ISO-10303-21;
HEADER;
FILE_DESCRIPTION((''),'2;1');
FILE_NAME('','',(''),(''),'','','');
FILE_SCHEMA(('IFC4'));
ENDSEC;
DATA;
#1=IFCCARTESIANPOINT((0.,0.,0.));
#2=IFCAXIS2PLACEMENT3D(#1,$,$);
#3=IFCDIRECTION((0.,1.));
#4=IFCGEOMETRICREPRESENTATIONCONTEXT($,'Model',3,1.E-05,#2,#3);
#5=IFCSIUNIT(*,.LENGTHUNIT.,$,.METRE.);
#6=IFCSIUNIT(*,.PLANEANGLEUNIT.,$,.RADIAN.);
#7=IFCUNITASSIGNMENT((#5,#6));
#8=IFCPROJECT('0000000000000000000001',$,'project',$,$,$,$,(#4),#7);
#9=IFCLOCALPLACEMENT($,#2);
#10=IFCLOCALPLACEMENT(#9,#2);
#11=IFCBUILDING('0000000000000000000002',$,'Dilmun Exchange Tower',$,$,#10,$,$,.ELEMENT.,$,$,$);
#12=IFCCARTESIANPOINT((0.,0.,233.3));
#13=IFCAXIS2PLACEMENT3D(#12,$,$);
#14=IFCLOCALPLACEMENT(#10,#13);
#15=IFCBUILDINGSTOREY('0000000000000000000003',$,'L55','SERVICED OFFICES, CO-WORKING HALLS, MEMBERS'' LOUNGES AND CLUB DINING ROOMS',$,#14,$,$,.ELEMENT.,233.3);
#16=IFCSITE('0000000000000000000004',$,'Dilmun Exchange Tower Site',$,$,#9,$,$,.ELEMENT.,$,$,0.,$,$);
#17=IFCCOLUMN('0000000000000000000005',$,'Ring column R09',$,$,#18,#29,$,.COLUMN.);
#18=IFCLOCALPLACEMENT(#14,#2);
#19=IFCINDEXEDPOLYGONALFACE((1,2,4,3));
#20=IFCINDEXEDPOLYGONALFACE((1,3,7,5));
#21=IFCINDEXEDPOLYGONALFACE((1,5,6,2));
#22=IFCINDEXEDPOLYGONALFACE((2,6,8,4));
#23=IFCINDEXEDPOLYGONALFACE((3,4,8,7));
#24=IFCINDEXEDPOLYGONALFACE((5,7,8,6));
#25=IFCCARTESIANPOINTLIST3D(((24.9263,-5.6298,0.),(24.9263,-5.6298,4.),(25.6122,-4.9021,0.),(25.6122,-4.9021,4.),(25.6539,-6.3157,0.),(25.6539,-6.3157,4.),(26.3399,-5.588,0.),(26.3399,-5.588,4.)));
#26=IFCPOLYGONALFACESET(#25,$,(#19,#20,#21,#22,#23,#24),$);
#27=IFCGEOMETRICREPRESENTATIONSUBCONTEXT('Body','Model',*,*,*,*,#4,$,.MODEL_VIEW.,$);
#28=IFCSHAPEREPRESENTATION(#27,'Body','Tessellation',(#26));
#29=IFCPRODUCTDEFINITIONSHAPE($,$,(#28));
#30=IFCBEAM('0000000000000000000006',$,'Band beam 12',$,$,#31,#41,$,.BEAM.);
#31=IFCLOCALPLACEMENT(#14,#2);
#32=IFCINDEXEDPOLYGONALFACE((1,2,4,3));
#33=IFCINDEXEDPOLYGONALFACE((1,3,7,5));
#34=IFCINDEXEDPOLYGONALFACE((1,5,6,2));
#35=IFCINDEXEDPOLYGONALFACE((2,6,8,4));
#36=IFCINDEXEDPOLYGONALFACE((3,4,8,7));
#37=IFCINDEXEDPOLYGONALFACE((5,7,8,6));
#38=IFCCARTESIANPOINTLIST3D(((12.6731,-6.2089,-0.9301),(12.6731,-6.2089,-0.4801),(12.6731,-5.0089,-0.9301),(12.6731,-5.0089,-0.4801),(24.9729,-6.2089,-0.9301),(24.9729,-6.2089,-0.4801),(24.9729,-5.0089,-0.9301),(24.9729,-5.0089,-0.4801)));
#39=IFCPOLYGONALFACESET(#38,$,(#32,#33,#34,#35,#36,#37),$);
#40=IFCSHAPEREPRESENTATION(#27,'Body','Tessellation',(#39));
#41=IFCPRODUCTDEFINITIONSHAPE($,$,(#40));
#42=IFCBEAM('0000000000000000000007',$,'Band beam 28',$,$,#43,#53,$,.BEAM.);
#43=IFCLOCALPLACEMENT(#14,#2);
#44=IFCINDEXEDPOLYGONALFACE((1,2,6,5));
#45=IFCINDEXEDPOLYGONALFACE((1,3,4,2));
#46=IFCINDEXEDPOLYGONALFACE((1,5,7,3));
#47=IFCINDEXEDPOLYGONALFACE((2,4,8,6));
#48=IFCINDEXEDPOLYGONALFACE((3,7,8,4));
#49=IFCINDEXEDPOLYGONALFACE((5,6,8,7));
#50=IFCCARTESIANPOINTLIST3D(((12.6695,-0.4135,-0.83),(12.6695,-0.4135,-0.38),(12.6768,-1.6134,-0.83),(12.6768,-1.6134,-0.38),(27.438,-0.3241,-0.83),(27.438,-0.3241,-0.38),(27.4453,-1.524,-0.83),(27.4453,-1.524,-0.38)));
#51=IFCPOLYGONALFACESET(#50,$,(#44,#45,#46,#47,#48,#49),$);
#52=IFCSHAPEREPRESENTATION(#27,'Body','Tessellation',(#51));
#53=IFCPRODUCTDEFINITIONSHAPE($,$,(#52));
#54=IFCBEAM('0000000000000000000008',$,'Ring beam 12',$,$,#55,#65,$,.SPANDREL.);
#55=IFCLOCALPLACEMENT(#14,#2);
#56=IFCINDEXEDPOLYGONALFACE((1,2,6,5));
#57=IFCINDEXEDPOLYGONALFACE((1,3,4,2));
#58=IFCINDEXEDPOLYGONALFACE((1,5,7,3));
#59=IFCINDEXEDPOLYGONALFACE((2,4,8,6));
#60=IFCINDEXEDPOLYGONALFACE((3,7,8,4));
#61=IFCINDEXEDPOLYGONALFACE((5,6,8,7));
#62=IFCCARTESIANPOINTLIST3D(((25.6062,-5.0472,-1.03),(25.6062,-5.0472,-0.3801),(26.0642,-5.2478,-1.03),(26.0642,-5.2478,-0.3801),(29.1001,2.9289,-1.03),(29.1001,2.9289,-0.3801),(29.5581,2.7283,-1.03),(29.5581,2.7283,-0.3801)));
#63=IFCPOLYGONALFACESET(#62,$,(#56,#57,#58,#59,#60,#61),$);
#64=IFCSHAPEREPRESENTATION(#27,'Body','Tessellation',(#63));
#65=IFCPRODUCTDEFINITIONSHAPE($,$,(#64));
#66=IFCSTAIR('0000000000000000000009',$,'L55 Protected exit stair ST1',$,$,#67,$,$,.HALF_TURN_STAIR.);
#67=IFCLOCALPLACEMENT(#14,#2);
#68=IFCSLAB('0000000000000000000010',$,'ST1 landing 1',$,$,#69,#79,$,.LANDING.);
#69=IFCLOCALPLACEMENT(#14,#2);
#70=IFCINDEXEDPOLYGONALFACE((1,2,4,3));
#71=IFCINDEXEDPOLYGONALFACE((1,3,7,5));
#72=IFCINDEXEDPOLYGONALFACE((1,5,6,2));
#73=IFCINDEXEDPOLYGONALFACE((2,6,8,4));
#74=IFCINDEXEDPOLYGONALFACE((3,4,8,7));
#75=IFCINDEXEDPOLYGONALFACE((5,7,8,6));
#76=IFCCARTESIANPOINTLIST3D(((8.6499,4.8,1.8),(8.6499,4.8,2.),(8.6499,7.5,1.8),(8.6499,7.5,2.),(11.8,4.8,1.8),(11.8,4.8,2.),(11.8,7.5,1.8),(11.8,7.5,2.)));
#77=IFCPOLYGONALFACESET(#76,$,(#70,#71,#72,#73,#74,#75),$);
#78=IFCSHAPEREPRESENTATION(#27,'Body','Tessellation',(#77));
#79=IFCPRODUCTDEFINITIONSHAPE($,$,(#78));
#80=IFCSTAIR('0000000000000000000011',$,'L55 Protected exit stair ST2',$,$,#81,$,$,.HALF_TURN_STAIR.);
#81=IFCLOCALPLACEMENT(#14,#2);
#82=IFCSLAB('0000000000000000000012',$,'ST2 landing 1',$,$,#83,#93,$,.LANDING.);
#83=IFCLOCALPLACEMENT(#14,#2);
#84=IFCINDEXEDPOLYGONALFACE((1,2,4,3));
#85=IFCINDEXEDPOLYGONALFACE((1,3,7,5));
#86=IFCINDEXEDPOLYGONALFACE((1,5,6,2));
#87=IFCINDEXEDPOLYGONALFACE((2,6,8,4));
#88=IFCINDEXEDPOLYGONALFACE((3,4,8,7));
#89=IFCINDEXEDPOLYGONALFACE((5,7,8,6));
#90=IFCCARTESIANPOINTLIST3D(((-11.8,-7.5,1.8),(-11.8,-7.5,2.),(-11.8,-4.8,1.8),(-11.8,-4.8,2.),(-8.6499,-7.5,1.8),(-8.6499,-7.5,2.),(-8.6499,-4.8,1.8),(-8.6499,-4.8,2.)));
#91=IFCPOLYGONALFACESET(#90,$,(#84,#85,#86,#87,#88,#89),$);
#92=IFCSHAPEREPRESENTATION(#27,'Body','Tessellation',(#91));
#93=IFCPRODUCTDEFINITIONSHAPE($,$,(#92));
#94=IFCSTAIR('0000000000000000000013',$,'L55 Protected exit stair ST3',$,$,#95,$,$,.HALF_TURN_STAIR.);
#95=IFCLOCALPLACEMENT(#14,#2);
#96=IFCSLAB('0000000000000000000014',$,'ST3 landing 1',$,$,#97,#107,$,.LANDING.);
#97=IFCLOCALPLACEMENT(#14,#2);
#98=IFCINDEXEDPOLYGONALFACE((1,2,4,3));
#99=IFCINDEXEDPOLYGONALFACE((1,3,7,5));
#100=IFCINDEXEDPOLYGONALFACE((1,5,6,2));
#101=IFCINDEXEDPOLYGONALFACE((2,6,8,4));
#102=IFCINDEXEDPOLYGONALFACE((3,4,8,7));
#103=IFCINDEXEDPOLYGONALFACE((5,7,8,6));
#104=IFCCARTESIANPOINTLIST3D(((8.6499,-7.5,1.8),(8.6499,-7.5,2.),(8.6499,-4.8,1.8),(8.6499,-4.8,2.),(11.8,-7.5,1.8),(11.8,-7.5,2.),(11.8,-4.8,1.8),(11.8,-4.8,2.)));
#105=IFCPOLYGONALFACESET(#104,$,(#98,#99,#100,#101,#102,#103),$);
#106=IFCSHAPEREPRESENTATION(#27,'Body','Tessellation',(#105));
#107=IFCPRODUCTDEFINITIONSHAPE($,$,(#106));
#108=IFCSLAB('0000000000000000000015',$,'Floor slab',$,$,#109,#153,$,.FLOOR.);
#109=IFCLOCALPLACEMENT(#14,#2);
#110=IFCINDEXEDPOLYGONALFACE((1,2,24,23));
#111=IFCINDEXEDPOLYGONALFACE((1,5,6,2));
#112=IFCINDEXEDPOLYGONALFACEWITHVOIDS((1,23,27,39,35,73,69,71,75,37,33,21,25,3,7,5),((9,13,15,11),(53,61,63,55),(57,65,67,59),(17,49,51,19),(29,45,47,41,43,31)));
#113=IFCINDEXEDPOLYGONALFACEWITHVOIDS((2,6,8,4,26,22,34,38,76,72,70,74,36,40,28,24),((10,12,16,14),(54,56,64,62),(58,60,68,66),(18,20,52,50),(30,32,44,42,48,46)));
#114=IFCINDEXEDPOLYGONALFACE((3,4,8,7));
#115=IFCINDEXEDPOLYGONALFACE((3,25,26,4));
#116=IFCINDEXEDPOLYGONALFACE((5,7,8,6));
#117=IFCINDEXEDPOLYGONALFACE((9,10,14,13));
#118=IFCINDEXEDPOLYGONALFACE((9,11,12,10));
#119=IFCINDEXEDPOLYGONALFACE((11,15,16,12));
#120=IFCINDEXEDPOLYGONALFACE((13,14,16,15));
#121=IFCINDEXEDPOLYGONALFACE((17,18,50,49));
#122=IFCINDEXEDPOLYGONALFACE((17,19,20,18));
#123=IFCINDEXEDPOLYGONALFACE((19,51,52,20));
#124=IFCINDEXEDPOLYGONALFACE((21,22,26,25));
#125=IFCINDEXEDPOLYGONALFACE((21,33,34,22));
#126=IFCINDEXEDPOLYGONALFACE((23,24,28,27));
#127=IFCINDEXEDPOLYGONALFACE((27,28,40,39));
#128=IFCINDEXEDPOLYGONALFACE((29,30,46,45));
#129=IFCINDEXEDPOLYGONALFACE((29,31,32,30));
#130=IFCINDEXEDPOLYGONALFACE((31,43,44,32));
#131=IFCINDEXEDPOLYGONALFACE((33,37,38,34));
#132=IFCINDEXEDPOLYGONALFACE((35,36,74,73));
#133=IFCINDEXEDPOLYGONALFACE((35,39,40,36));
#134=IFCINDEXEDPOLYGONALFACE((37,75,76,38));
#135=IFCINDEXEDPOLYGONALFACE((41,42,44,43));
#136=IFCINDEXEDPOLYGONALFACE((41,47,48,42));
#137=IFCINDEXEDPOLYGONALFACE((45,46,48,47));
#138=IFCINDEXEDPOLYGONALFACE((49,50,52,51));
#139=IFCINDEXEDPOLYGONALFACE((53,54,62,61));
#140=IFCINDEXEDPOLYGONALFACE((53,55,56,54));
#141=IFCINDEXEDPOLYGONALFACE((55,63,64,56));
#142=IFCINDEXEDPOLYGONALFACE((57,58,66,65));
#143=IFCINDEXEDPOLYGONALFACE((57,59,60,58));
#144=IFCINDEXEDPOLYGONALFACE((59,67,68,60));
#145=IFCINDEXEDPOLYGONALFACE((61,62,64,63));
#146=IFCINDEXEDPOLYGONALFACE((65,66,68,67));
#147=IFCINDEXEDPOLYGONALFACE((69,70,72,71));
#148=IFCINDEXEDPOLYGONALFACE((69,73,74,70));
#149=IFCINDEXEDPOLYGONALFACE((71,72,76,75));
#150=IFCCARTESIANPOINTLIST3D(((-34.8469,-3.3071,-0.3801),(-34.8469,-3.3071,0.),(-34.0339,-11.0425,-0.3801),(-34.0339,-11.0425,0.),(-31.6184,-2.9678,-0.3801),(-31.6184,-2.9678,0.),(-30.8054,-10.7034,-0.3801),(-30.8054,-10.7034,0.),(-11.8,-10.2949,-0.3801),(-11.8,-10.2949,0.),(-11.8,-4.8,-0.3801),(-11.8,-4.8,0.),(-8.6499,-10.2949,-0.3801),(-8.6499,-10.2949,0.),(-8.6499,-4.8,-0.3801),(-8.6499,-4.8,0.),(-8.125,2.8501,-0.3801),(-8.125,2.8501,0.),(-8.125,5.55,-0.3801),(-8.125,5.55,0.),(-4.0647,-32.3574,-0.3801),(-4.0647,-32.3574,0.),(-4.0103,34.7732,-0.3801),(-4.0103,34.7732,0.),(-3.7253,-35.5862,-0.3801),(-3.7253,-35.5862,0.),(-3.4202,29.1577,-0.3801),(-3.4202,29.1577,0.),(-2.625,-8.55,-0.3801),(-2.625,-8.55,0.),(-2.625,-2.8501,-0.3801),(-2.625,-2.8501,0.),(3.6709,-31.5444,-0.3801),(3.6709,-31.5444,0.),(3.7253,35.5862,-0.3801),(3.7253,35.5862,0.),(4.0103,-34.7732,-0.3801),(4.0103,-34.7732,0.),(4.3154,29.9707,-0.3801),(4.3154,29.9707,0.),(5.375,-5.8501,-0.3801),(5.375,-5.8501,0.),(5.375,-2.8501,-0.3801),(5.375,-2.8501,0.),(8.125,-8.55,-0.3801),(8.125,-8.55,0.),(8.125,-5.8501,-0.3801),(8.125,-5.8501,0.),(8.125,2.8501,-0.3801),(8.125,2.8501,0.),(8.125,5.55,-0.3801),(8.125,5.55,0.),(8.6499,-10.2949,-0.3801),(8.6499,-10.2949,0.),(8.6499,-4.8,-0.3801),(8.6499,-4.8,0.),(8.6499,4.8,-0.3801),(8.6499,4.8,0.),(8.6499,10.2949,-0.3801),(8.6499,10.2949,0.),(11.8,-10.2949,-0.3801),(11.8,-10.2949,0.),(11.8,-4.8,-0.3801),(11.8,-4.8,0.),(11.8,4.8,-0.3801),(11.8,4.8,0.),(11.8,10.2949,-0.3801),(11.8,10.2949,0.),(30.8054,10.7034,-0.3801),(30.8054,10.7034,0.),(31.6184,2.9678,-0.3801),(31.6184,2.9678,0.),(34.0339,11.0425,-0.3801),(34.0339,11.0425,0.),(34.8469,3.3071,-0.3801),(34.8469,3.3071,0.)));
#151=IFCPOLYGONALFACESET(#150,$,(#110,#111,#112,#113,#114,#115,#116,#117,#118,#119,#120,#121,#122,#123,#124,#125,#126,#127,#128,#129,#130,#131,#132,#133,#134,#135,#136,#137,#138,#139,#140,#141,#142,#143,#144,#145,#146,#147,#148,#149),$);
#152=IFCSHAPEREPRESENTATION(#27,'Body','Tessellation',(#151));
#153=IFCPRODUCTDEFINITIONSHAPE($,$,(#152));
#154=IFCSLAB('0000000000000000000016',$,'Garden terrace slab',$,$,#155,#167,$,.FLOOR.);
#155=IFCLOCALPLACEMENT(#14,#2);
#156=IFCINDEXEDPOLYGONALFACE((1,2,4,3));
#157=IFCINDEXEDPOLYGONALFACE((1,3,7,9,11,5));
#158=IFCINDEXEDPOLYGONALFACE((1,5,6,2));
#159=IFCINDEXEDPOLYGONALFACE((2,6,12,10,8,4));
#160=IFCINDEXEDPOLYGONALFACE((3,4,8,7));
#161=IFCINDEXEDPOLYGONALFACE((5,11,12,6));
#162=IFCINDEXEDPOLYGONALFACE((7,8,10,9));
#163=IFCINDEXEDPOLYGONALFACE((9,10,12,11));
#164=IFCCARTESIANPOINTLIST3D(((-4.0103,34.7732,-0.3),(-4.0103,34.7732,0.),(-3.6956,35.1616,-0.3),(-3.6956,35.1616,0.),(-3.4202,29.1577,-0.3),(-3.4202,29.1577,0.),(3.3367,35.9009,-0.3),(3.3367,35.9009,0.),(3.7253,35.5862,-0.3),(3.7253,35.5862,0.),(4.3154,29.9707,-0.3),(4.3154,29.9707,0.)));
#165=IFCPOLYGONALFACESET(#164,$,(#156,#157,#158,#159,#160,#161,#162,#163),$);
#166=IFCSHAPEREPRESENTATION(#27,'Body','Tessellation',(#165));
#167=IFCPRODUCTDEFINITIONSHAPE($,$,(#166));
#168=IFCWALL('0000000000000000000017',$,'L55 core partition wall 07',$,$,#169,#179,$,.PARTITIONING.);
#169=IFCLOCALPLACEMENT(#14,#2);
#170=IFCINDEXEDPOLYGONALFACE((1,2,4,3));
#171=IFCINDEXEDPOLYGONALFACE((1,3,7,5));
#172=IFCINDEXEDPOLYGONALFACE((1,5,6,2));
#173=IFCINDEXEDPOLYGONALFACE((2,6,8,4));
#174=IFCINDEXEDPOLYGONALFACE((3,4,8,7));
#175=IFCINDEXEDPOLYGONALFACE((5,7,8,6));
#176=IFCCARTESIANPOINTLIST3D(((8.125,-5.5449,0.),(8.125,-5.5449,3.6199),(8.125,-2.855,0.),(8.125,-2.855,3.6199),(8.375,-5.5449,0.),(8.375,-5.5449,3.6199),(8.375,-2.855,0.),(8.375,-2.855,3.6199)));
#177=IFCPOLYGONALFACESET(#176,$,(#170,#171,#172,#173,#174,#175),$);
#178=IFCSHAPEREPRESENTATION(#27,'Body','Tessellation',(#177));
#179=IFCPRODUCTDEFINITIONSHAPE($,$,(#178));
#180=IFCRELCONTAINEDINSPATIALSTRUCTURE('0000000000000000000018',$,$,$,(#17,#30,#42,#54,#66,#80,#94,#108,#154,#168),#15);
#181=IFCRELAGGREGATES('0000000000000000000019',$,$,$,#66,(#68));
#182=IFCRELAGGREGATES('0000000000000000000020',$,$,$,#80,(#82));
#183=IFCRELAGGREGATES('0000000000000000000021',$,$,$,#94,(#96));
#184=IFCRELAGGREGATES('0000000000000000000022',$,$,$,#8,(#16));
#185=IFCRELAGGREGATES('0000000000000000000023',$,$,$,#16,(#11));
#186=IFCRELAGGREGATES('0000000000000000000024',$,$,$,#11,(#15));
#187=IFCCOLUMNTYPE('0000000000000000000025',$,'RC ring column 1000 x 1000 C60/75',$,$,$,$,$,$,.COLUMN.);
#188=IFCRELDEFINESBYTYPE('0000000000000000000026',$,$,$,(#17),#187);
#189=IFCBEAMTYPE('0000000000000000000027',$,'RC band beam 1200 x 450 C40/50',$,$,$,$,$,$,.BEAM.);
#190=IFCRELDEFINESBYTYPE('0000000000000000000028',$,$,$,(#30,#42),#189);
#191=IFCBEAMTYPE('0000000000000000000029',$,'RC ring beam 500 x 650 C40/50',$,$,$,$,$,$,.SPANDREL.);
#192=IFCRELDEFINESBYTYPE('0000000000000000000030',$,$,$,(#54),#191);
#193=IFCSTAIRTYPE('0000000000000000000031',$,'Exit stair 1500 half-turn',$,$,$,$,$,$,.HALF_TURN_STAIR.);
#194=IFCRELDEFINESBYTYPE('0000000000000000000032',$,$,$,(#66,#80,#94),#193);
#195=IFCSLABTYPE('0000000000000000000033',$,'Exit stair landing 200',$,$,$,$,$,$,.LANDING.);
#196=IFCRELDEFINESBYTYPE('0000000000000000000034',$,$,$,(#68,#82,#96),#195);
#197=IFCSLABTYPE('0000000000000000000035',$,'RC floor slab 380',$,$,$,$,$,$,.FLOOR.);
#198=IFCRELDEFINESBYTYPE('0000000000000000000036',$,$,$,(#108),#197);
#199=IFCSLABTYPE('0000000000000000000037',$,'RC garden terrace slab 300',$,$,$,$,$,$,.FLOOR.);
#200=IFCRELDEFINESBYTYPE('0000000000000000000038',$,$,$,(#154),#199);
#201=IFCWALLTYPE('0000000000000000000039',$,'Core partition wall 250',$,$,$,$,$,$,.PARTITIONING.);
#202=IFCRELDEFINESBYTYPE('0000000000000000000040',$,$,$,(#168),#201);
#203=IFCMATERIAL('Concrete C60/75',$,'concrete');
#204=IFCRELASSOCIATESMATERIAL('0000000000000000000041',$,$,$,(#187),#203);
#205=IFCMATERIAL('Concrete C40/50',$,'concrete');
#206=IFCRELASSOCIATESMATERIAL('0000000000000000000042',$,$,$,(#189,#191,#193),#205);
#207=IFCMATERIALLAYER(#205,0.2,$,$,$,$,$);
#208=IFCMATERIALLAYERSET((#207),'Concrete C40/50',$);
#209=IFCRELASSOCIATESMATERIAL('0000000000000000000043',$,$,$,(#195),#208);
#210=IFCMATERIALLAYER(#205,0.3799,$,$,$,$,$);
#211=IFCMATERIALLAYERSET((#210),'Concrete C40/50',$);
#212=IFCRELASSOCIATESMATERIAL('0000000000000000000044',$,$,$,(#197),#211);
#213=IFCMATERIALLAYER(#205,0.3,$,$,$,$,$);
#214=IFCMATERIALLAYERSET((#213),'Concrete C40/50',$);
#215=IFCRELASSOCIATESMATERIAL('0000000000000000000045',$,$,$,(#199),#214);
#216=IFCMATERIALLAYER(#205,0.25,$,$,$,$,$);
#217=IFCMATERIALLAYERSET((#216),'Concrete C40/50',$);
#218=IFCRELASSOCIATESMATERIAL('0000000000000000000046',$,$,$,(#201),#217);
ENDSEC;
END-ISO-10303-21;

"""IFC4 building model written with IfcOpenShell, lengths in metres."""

from ifc_helpers import new_model, si_unit, direction, frame, frame_2d, origin, origin_2d, place, context, subcontext, project, spatial, polyline, rectangle, outline, extrude, material, layer, layer_set, material_profile, profile_set, type_object, element, aggregate, save


model = new_model("IFC4")

# Units and contexts
model_context = context("Model", 3, precision=1e-05, world=origin(), true_north=direction((0.0, 1.0)))
body_context = subcontext(model_context, "Body", "Model", "MODEL_VIEW")
ifc_project = project(units=[si_unit("LENGTHUNIT", "METRE"), si_unit("PLANEANGLEUNIT", "RADIAN")], contexts=[model_context])

# Site, building, storey
site_placement = place(None, origin())
site = spatial("IfcSite", under=ifc_project, at=site_placement, Name="Dilmun Exchange Tower Site", CompositionType="ELEMENT", RefElevation=0.0)
building_placement = place(site_placement, origin())
building = spatial("IfcBuilding", under=site, at=building_placement, Name="Dilmun Exchange Tower", CompositionType="ELEMENT")
storey_placement = place(building_placement, frame((0.0, 0.0, 233.3)))
storey = spatial("IfcBuildingStorey", under=building, at=storey_placement, Name="L55", Description="SERVICED OFFICES, CO-WORKING HALLS, MEMBERS' LOUNGES AND CLUB DINING ROOMS", CompositionType="ELEMENT", Elevation=233.3)

# Column
ifc_material_1 = material(Name="Concrete C60/75", Category="concrete")
ifc_material_profile_1 = material_profile(ifc_material_1, rectangle(XDim=1.0, YDim=1.0, at=origin_2d()), Name="1000 x 1000")
ifc_profile_set_1 = profile_set([ifc_material_profile_1], Name="Concrete C60/75")
column_type = type_object("IfcColumnType", Name="RC ring column 1000 x 1000 C60/75", PredefinedType="COLUMN", material=ifc_profile_set_1)
column_placement = place(storey_placement, frame((25.6331, -5.6089, 0.0), z_axis=(0.0, 0.0, 1.0), x_axis=(0.685916, 0.727681, 0.0)))
element("IfcColumn", 1, at=column_placement, inside=storey, type_object=column_type, Name="Ring column R09", PredefinedType="COLUMN", context=body_context, shape_type="SweptSolid", body=[
    extrude(rectangle(XDim=1.0, YDim=1.0, at=origin_2d()), origin(), (0.0, 0.0, 1.0), 4.0),
])

# Beams
ifc_material_2 = material(Name="Concrete C40/50", Category="concrete")
ifc_material_profile_2 = material_profile(ifc_material_2, rectangle(XDim=1.2, YDim=0.45, at=origin_2d()), Name="1200 x 450")
ifc_profile_set_2 = profile_set([ifc_material_profile_2], Name="Concrete C40/50")
beam_type_1 = type_object("IfcBeamType", Name="RC band beam 1200 x 450 C40/50", PredefinedType="BEAM", material=ifc_profile_set_2)
beam_1_placement = place(storey_placement, frame((24.9729, -5.6089, -0.7051), z_axis=(-1.0, 0.0, 0.0), x_axis=(0.0, -1.0, 0.0)))
element("IfcBeam", 2, at=beam_1_placement, inside=storey, type_object=beam_type_1, Name="Band beam 12", PredefinedType="BEAM", context=body_context, shape_type="SweptSolid", body=[
    extrude(rectangle(XDim=1.2, YDim=0.45, at=origin_2d()), origin(), (0.0, 0.0, 1.0), 12.2998),
])
beam_2_placement = place(storey_placement, frame((27.4417, -0.9241, -0.605), z_axis=(-0.999982, -0.00605, 0.0), x_axis=(0.00605, -0.999982, 0.0)))
element("IfcBeam", 3, at=beam_2_placement, inside=storey, type_object=beam_type_1, Name="Band beam 28", PredefinedType="BEAM", context=body_context, shape_type="SweptSolid", body=[
    extrude(rectangle(XDim=1.2, YDim=0.45, at=origin_2d()), origin(), (0.0, 0.0, 1.0), 14.7688),
])
ifc_material_profile_3 = material_profile(ifc_material_2, rectangle(XDim=0.5, YDim=0.6499, at=origin_2d()), Name="500 x 650")
ifc_profile_set_3 = profile_set([ifc_material_profile_3], Name="Concrete C40/50")
beam_type_2 = type_object("IfcBeamType", Name="RC ring beam 500 x 650 C40/50", PredefinedType="SPANDREL", material=ifc_profile_set_3)
beam_3_placement = place(storey_placement, frame((25.8352, -5.1475, -0.7051), z_axis=(0.401239, 0.915973, 0.0), x_axis=(-0.915973, 0.401239, 0.0)))
element("IfcBeam", 4, at=beam_3_placement, inside=storey, type_object=beam_type_2, Name="Ring beam 12", PredefinedType="SPANDREL", context=body_context, shape_type="SweptSolid", body=[
    extrude(rectangle(XDim=0.5, YDim=0.6499, at=origin_2d()), origin(), (0.0, 0.0, 1.0), 8.7078),
])

# Stairs, slabs
stair_type = type_object("IfcStairType", Name="Exit stair 1500 half-turn", PredefinedType="HALF_TURN_STAIR", material=ifc_material_2)
stair_1_placement = place(storey_placement, origin())
stair_1 = element("IfcStair", 5, at=stair_1_placement, inside=storey, type_object=stair_type, Name="L55 Protected exit stair ST1", PredefinedType="HALF_TURN_STAIR")
ifc_layer_1 = layer(ifc_material_2, 0.2)
ifc_layer_set_1 = layer_set([ifc_layer_1], Name="Concrete C40/50")
slab_type_1 = type_object("IfcSlabType", Name="Exit stair landing 200", PredefinedType="LANDING", material=ifc_layer_set_1)
slab_1_placement = place(storey_placement, frame((0.0, 0.0, 1.8)))
slab_1 = element("IfcSlab", 6, at=slab_1_placement, type_object=slab_type_1, Name="ST1 landing 1", PredefinedType="LANDING", context=body_context, shape_type="SweptSolid", body=[
    extrude(outline(polyline([(8.6499, 7.5), (8.6499, 4.8), (11.8, 4.8), (11.8, 7.5), (8.6499, 7.5)])), origin(), (0.0, 0.0, 1.0), 0.2),
])
aggregate(stair_1, [slab_1])
stair_2_placement = place(storey_placement, origin())
stair_2 = element("IfcStair", 7, at=stair_2_placement, inside=storey, type_object=stair_type, Name="L55 Protected exit stair ST2", PredefinedType="HALF_TURN_STAIR")
slab_2_placement = place(storey_placement, frame((0.0, 0.0, 1.8)))
slab_2 = element("IfcSlab", 8, at=slab_2_placement, type_object=slab_type_1, Name="ST2 landing 1", PredefinedType="LANDING", context=body_context, shape_type="SweptSolid", body=[
    extrude(outline(polyline([(-8.6499, -7.5), (-8.6499, -4.8), (-11.8, -4.8), (-11.8, -7.5), (-8.6499, -7.5)])), origin(), (0.0, 0.0, 1.0), 0.2),
])
aggregate(stair_2, [slab_2])
stair_3_placement = place(storey_placement, origin())
stair_3 = element("IfcStair", 9, at=stair_3_placement, inside=storey, type_object=stair_type, Name="L55 Protected exit stair ST3", PredefinedType="HALF_TURN_STAIR")
slab_3_placement = place(storey_placement, frame((0.0, 0.0, 1.8)))
slab_3 = element("IfcSlab", 10, at=slab_3_placement, type_object=slab_type_1, Name="ST3 landing 1", PredefinedType="LANDING", context=body_context, shape_type="SweptSolid", body=[
    extrude(outline(polyline([(11.8, -7.5), (11.8, -4.8), (8.6499, -4.8), (8.6499, -7.5), (11.8, -7.5)])), origin(), (0.0, 0.0, 1.0), 0.2),
])
aggregate(stair_3, [slab_3])

# Slabs
ifc_layer_2 = layer(ifc_material_2, 0.3799)
ifc_layer_set_2 = layer_set([ifc_layer_2], Name="Concrete C40/50")
slab_type_2 = type_object("IfcSlabType", Name="RC floor slab 380", PredefinedType="FLOOR", material=ifc_layer_set_2)
slab_4_placement = place(storey_placement, frame((0.0, 0.0, -0.3801)))
element("IfcSlab", 11, at=slab_4_placement, inside=storey, type_object=slab_type_2, Name="Floor slab", PredefinedType="FLOOR", context=body_context, shape_type="SweptSolid", body=[
    extrude(outline(polyline([(30.8054, 10.7034), (31.6184, 2.9678), (34.8469, 3.3071), (4.0103, -34.7732), (3.6709, -31.5444), (-4.0647, -32.3574), (-3.7253, -35.5862), (-34.0339, -11.0425), (-30.8054, -10.7034), (-31.6184, -2.9678), (-34.8469, -3.3071), (-4.0103, 34.7732), (-3.4202, 29.1577), (4.3154, 29.9707), (3.7253, 35.5862), (34.0339, 11.0425), (30.8054, 10.7034)]), holes=[polyline([(-8.6499, -4.8), (-11.8, -4.8), (-11.8, -10.2949), (-8.6499, -10.2949), (-8.6499, -4.8)]), polyline([(11.8, -4.8), (8.6499, -4.8), (8.6499, -10.2949), (11.8, -10.2949), (11.8, -4.8)]), polyline([(5.375, -2.8501), (-2.625, -2.8501), (-2.625, -8.55), (8.125, -8.55), (8.125, -5.8501), (5.375, -5.8501), (5.375, -2.8501)]), polyline([(8.125, 2.8501), (8.125, 5.55), (-8.125, 5.55), (-8.125, 2.8501), (8.125, 2.8501)]), polyline([(8.6499, 10.2949), (8.6499, 4.8), (11.8, 4.8), (11.8, 10.2949), (8.6499, 10.2949)])]), origin(), (0.0, 0.0, 1.0), 0.3801),
])
ifc_layer_3 = layer(ifc_material_2, 0.3)
ifc_layer_set_3 = layer_set([ifc_layer_3], Name="Concrete C40/50")
slab_type_3 = type_object("IfcSlabType", Name="RC garden terrace slab 300", PredefinedType="FLOOR", material=ifc_layer_set_3)
slab_5_placement = place(storey_placement, frame((0.0, 0.0, -0.3)))
element("IfcSlab", 12, at=slab_5_placement, inside=storey, type_object=slab_type_3, Name="Garden terrace slab", PredefinedType="FLOOR", context=body_context, shape_type="SweptSolid", body=[
    extrude(outline(polyline([(-3.4202, 29.1577), (-4.0103, 34.7732), (-3.6956, 35.1616), (3.3367, 35.9009), (3.7253, 35.5862), (4.3154, 29.9707), (-3.4202, 29.1577)])), origin(), (0.0, 0.0, 1.0), 0.3),
])

# Wall
ifc_layer_4 = layer(ifc_material_2, 0.25)
ifc_layer_set_4 = layer_set([ifc_layer_4], Name="Concrete C40/50")
wall_type_1 = type_object("IfcWallType", Name="Core partition wall 250", PredefinedType="PARTITIONING", material=ifc_layer_set_4)
wall_1_placement = place(storey_placement, frame((8.25, -5.5449, 0.0), z_axis=(0.0, 0.0, 1.0), x_axis=(0.0, 1.0, 0.0)))
element("IfcWall", 13, at=wall_1_placement, inside=storey, type_object=wall_type_1, Name="L55 core partition wall 07", PredefinedType="PARTITIONING", context=body_context, shape_type="SweptSolid", body=[
    extrude(rectangle(XDim=2.6899, YDim=0.25, at=frame_2d((1.345, 0.0))), origin(), (0.0, 0.0, 1.0), 3.6199),
])

save(model, "model.ifc")
